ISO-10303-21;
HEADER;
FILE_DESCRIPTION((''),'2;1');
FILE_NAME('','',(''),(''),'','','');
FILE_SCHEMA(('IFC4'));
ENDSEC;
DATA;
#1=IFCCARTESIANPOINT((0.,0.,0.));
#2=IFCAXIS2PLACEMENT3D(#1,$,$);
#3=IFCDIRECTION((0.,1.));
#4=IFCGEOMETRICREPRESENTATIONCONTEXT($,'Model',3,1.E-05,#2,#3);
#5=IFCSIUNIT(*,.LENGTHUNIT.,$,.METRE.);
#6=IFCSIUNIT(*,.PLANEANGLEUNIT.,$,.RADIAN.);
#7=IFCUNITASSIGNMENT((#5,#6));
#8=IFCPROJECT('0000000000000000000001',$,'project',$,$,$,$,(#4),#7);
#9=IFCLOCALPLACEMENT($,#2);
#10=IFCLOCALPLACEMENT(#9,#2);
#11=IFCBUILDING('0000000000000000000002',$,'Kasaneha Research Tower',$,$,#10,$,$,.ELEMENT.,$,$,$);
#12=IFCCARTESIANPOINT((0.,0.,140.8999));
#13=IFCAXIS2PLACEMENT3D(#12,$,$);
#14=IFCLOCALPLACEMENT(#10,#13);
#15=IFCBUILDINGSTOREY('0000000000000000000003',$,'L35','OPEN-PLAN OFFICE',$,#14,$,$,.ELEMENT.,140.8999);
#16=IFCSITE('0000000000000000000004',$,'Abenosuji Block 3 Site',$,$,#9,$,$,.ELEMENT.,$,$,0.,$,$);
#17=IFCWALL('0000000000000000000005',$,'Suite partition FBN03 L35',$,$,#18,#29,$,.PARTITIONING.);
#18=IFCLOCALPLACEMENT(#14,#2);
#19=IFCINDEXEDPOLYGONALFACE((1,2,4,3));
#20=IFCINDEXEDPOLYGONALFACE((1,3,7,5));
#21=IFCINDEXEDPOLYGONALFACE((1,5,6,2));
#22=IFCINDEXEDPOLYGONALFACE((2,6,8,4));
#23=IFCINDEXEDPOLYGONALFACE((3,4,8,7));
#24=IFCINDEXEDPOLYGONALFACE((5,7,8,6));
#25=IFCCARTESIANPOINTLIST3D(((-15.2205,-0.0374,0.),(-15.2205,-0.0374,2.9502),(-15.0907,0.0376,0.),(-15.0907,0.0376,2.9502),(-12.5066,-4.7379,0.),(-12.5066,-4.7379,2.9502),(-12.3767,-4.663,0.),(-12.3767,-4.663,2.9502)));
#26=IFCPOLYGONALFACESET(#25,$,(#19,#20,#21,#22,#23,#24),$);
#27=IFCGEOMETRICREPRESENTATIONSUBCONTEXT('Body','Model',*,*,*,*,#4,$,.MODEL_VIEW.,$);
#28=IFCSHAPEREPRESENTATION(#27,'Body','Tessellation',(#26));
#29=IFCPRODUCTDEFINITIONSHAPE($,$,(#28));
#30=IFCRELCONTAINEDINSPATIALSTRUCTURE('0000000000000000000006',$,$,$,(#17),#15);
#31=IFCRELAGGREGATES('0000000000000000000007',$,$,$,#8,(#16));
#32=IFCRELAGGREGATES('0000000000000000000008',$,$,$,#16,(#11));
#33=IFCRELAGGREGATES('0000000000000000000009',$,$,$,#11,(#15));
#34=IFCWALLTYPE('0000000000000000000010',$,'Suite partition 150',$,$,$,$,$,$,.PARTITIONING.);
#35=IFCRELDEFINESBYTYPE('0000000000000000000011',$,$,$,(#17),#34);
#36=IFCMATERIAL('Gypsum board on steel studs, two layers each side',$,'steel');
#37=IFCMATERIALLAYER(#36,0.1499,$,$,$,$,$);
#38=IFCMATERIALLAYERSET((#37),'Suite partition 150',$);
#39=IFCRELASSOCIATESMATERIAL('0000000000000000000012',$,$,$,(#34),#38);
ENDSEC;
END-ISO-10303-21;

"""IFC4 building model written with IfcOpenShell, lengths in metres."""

from ifc_helpers import new_model, si_unit, direction, frame, frame_2d, origin, place, context, subcontext, project, spatial, rectangle, extrude, material, layer, layer_set, type_object, element, save


model = new_model("IFC4")

# Units and contexts
model_context = context("Model", 3, precision=1e-05, world=origin(), true_north=direction((0.0, 1.0)))
body_context = subcontext(model_context, "Body", "Model", "MODEL_VIEW")
ifc_project = project(units=[si_unit("LENGTHUNIT", "METRE"), si_unit("PLANEANGLEUNIT", "RADIAN")], contexts=[model_context])

# Site, building, storey
site_placement = place(None, origin())
site = spatial("IfcSite", under=ifc_project, at=site_placement, Name="Abenosuji Block 3 Site", CompositionType="ELEMENT", RefElevation=0.0)
building_placement = place(site_placement, origin())
building = spatial("IfcBuilding", under=site, at=building_placement, Name="Kasaneha Research Tower", CompositionType="ELEMENT")
storey_placement = place(building_placement, frame((0.0, 0.0, 140.8999)))
storey = spatial("IfcBuildingStorey", under=building, at=storey_placement, Name="L35", Description="OPEN-PLAN OFFICE", CompositionType="ELEMENT", Elevation=140.8999)

# Wall
ifc_material_1 = material(Name="Gypsum board on steel studs, two layers each side", Category="steel")
ifc_layer_1 = layer(ifc_material_1, 0.1499)
ifc_layer_set_1 = layer_set([ifc_layer_1], Name="Suite partition 150")
wall_type_1 = type_object("IfcWallType", Name="Suite partition 150", PredefinedType="PARTITIONING", material=ifc_layer_set_1)
wall_1_placement = place(storey_placement, frame((-12.4417, -4.7004, 0.0), z_axis=(0.0, 0.0, 1.0), x_axis=(-0.500009, 0.86602, 0.0)))
element("IfcWall", 1, at=wall_1_placement, inside=storey, type_object=wall_type_1, Name="Suite partition FBN03 L35", PredefinedType="PARTITIONING", context=body_context, shape_type="SweptSolid", body=[
    extrude(rectangle(XDim=5.4277, YDim=0.1499, at=frame_2d((2.7139, 0.0))), origin(), (0.0, 0.0, 1.0), 2.9502),
])

save(model, "model.ifc")
